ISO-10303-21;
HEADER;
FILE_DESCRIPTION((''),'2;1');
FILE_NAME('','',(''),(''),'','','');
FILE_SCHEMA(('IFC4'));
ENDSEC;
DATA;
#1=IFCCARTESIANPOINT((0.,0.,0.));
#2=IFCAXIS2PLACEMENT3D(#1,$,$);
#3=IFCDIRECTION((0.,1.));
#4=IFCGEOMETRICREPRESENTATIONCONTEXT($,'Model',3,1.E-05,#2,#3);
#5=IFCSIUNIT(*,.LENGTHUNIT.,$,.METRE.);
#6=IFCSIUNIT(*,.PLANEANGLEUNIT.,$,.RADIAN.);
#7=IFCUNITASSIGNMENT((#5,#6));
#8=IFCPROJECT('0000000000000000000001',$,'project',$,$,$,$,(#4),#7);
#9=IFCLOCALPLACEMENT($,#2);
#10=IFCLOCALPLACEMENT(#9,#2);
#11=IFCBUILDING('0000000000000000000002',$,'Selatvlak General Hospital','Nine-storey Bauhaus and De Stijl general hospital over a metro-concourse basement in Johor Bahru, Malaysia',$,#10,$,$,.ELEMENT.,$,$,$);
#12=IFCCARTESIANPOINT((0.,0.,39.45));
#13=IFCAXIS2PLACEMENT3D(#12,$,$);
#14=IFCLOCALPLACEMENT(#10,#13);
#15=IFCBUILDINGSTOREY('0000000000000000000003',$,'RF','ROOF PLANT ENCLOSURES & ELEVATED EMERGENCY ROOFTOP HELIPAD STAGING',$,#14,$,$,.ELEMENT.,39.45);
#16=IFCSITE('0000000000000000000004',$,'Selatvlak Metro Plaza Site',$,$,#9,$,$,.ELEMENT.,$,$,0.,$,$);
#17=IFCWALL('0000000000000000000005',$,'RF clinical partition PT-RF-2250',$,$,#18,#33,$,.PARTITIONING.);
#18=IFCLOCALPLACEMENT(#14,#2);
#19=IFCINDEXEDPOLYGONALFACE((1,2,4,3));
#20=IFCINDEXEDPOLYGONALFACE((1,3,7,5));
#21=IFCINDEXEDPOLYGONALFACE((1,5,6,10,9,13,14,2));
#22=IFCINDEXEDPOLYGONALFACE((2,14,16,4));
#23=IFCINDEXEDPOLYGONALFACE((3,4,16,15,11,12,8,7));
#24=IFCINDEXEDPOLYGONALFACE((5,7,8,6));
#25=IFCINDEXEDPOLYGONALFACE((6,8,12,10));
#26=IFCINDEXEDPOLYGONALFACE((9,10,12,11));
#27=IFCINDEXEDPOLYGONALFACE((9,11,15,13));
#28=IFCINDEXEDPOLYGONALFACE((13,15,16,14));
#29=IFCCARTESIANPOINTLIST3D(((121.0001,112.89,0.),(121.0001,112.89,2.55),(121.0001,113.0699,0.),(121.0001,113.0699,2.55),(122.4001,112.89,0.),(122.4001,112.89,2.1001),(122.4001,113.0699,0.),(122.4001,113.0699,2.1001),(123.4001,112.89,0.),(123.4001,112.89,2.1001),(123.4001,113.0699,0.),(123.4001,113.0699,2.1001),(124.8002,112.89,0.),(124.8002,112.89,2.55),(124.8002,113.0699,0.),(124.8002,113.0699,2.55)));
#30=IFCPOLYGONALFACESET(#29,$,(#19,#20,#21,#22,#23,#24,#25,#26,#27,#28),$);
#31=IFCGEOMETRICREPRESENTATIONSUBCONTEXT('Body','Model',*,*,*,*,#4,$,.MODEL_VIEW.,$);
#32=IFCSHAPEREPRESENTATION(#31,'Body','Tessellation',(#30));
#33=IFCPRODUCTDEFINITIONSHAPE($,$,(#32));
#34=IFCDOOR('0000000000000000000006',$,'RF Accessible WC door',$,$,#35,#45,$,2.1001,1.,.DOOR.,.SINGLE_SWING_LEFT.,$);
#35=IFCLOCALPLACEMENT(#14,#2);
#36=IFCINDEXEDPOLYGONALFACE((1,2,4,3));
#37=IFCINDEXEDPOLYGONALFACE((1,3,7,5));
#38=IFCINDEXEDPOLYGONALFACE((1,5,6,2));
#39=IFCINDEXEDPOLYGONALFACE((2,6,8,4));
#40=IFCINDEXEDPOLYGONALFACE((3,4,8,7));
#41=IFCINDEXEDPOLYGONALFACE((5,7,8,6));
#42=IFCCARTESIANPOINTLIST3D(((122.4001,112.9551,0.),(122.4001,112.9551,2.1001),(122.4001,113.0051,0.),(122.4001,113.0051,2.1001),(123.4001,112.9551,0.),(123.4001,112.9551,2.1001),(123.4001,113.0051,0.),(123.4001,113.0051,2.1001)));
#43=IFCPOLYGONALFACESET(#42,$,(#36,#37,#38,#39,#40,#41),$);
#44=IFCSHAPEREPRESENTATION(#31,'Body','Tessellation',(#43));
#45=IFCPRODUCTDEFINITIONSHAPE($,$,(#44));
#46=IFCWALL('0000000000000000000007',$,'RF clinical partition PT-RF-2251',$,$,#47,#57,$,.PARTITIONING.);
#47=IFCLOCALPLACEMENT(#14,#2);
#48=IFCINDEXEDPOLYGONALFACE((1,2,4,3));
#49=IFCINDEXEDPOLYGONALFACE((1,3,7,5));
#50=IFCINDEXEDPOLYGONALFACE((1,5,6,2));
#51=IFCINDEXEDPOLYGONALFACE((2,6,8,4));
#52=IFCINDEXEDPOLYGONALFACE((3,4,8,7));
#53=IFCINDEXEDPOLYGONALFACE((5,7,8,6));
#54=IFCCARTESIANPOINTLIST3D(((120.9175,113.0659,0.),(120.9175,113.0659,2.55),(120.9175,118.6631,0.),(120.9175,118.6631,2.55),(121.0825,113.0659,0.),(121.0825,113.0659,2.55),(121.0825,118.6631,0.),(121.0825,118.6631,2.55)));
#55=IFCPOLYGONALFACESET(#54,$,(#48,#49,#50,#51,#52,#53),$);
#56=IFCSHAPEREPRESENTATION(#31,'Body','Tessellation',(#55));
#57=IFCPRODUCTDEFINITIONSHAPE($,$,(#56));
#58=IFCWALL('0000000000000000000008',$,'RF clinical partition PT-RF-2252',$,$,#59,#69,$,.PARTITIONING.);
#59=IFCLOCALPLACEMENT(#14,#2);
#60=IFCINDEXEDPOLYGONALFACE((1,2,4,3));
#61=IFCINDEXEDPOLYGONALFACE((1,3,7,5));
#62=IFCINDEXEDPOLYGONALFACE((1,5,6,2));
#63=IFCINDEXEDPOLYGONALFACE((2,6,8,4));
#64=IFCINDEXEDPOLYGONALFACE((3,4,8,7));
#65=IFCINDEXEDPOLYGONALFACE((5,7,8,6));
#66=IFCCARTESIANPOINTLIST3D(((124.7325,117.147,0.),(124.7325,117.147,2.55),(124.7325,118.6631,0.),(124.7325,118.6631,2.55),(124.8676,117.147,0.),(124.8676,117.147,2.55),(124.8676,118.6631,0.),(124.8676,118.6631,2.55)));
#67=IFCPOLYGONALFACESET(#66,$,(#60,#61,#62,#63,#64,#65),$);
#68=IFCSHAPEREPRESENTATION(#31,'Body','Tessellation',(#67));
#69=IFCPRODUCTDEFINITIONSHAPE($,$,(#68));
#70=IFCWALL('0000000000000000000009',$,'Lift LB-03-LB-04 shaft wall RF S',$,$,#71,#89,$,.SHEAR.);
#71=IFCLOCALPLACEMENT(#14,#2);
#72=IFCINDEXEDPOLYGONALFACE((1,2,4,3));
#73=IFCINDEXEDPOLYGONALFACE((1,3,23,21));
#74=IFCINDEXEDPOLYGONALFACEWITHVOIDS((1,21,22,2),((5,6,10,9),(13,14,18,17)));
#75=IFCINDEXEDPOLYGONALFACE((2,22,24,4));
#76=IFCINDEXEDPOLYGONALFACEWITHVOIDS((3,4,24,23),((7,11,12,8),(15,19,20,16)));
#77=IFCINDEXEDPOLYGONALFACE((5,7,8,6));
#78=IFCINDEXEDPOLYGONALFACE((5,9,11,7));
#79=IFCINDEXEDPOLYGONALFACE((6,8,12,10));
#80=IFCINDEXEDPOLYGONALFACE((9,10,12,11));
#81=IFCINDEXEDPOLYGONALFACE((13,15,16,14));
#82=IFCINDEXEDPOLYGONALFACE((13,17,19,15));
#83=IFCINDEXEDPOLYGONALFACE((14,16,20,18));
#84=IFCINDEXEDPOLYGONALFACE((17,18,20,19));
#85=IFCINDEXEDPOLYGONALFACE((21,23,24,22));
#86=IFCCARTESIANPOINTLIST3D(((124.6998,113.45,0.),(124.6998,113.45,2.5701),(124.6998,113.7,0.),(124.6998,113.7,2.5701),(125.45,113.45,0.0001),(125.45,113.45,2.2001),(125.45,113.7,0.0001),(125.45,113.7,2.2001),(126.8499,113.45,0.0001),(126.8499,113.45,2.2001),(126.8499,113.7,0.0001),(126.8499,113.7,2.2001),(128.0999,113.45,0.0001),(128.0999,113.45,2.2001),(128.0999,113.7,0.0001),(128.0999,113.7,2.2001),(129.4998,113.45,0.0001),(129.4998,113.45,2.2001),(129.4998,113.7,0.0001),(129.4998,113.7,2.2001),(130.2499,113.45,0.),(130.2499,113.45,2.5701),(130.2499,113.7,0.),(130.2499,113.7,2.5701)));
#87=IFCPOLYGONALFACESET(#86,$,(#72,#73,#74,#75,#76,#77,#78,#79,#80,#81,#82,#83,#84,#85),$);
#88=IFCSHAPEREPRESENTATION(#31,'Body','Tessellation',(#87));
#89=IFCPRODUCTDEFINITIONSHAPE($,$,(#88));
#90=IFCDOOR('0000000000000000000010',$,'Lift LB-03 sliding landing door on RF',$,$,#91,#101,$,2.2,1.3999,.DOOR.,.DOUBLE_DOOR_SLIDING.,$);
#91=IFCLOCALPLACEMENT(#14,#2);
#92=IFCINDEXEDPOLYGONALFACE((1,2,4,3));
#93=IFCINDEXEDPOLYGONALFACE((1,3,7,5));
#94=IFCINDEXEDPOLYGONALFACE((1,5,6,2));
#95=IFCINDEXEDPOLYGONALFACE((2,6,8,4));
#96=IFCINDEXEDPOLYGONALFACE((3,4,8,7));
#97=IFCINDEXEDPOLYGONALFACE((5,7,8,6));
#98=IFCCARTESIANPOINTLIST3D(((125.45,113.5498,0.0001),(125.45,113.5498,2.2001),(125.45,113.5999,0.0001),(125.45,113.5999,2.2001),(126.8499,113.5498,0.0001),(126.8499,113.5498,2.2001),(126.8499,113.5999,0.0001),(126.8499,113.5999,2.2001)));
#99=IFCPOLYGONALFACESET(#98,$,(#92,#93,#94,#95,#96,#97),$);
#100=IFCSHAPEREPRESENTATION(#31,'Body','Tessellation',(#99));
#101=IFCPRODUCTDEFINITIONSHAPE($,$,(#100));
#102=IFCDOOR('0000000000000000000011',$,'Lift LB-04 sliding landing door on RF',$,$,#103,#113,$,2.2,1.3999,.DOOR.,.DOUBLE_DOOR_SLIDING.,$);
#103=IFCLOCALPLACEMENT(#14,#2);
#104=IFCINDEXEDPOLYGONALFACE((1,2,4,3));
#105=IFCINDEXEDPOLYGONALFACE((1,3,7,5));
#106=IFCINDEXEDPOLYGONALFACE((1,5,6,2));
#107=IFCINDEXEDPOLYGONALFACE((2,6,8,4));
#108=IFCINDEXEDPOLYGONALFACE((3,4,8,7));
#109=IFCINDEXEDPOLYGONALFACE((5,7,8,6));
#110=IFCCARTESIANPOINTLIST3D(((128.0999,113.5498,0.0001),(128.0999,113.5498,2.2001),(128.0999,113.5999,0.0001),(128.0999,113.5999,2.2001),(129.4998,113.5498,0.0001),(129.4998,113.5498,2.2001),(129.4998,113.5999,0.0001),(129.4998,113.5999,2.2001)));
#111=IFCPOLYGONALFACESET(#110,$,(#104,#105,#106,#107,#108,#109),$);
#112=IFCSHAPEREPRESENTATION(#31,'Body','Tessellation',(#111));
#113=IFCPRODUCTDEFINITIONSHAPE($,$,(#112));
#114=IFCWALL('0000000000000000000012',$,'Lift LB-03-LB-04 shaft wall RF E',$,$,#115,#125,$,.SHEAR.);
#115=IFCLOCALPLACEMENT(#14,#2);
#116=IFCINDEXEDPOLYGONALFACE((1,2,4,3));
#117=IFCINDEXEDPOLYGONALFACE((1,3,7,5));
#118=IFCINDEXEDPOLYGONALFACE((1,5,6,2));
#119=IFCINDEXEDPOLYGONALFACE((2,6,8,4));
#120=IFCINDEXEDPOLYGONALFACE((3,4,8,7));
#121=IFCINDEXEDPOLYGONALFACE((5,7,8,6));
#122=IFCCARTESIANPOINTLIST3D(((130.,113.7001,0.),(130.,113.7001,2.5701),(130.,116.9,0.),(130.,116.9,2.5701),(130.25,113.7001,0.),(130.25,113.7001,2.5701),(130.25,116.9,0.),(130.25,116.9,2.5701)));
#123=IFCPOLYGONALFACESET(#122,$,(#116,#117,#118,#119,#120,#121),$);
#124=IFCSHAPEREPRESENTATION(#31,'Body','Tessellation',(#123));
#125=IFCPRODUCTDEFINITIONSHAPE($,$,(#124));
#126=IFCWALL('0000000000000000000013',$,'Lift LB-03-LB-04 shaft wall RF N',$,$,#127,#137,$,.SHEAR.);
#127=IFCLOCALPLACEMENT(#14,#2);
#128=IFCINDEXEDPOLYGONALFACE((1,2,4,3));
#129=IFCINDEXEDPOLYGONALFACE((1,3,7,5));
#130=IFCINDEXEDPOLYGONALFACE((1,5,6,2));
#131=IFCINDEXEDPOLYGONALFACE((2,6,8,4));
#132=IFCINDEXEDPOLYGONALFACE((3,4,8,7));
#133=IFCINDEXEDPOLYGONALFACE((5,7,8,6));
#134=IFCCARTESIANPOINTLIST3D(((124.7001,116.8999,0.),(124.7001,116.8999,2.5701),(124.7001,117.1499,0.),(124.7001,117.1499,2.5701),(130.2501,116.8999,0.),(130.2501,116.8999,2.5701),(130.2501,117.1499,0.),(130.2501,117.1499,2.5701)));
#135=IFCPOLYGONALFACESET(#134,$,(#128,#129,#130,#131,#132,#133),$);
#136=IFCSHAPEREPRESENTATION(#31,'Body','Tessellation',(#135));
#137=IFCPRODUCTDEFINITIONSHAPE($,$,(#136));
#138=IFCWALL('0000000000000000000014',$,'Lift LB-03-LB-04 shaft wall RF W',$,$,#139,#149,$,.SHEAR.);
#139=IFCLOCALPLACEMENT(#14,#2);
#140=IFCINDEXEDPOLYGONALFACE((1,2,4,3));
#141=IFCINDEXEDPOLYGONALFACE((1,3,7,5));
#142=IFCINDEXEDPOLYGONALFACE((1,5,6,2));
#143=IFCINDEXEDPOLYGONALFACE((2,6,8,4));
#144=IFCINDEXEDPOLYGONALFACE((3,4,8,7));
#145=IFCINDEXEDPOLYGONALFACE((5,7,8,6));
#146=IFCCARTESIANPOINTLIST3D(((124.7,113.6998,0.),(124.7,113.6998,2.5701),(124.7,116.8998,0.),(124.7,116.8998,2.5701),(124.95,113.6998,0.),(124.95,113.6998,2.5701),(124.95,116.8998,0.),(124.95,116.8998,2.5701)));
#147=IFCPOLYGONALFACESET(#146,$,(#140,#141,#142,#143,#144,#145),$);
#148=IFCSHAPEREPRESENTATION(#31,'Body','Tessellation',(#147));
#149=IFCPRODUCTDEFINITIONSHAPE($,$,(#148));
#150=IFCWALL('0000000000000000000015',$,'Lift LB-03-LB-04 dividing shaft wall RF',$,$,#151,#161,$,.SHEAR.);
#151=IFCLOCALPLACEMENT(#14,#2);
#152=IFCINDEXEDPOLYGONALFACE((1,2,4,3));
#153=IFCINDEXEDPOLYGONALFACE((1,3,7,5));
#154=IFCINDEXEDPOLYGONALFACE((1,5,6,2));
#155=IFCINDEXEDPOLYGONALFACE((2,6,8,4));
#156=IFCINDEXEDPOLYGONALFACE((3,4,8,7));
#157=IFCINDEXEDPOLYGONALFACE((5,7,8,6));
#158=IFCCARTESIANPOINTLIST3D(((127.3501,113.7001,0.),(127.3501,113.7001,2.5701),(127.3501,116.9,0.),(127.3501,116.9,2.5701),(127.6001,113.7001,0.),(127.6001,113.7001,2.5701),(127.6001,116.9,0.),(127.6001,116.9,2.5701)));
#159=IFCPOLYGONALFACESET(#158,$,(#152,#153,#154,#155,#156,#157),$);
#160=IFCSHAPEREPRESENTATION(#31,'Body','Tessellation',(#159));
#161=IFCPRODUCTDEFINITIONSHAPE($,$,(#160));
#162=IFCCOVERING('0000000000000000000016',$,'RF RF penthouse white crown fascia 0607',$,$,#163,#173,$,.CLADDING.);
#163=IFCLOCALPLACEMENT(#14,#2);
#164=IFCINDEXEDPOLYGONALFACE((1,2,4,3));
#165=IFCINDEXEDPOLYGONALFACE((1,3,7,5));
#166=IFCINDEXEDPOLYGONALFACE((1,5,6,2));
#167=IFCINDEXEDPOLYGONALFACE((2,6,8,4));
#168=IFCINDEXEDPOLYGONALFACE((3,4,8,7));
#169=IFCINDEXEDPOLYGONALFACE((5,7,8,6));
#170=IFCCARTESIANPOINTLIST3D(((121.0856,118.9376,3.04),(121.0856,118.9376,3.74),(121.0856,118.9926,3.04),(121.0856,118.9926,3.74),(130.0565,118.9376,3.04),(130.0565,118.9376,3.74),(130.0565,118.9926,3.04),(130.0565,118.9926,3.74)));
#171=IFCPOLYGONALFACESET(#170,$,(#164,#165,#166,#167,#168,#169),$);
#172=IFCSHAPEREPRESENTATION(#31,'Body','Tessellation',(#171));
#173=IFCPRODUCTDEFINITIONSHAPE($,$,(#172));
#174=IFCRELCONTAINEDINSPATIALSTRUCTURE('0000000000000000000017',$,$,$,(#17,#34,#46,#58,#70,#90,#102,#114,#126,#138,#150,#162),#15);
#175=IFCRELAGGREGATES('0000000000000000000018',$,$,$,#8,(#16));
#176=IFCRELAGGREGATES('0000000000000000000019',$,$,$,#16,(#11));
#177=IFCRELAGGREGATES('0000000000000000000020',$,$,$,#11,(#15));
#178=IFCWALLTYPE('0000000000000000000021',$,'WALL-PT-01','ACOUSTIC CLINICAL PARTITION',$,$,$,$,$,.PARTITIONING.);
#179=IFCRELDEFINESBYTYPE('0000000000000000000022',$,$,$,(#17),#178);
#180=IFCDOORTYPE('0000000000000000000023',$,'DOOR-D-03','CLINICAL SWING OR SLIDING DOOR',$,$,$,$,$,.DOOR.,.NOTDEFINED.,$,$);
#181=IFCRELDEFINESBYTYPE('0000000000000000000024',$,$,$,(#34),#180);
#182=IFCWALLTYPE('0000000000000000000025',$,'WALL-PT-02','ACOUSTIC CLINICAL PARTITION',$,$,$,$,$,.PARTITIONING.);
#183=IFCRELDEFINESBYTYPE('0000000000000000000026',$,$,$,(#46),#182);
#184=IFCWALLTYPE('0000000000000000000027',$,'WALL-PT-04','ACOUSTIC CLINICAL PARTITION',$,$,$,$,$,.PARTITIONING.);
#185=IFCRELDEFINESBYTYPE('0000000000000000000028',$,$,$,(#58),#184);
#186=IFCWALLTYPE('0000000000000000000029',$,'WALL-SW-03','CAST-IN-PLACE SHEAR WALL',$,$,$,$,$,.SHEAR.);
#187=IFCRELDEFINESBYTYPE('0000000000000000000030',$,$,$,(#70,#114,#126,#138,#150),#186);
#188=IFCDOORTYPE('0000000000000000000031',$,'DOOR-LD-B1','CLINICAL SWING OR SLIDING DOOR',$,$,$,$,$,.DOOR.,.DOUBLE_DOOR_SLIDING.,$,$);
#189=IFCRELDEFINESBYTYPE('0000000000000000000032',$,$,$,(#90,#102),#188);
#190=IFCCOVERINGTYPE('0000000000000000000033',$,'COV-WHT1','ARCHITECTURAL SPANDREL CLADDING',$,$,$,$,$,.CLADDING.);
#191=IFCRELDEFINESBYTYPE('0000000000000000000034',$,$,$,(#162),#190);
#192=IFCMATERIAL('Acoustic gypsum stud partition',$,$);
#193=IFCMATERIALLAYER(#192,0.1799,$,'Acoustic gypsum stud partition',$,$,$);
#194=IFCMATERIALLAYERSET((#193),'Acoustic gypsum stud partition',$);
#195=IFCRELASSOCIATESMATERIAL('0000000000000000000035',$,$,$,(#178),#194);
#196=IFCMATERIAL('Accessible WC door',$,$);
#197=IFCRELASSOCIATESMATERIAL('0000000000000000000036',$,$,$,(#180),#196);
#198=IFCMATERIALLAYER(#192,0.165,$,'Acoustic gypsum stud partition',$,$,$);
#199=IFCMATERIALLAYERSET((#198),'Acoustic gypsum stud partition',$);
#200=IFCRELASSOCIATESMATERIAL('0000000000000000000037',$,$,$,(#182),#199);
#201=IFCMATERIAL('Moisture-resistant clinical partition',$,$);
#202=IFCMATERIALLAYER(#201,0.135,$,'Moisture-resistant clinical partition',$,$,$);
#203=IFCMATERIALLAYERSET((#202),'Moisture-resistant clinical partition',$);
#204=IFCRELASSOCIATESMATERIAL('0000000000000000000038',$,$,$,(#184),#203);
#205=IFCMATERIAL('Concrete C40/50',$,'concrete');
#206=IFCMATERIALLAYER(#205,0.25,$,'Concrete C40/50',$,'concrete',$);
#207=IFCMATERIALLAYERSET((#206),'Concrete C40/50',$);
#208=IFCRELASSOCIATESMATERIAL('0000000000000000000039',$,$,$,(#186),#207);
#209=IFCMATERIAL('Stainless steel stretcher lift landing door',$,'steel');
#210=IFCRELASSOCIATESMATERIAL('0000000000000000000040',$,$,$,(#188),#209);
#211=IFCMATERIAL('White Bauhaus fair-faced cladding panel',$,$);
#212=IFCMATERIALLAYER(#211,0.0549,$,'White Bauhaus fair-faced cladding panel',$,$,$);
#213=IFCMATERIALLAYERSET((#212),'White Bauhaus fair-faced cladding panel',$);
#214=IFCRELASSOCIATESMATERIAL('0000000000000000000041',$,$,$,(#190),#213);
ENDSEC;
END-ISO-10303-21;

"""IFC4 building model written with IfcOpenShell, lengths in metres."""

from ifc_helpers import new_model, si_unit, direction, frame, frame_2d, origin, origin_2d, place, context, subcontext, project, spatial, rectangle, extrude, material, layer, layer_set, type_object, element, fill, save


model = new_model("IFC4")

# Units and contexts
model_context = context("Model", 3, precision=1e-05, world=origin(), true_north=direction((0.0, 1.0)))
body_context = subcontext(model_context, "Body", "Model", "MODEL_VIEW")
ifc_project = project(units=[si_unit("LENGTHUNIT", "METRE"), si_unit("PLANEANGLEUNIT", "RADIAN")], contexts=[model_context])

# Site, building, storey
site_placement = place(None, origin())
site = spatial("IfcSite", under=ifc_project, at=site_placement, Name="Selatvlak Metro Plaza Site", CompositionType="ELEMENT", RefElevation=0.0)
building_placement = place(site_placement, origin())
building = spatial("IfcBuilding", under=site, at=building_placement, Name="Selatvlak General Hospital", Description="Nine-storey Bauhaus and De Stijl general hospital over a metro-concourse basement in Johor Bahru, Malaysia", CompositionType="ELEMENT")
storey_placement = place(building_placement, frame((0.0, 0.0, 39.45)))
storey = spatial("IfcBuildingStorey", under=building, at=storey_placement, Name="RF", Description="ROOF PLANT ENCLOSURES & ELEVATED EMERGENCY ROOFTOP HELIPAD STAGING", CompositionType="ELEMENT", Elevation=39.45)

# Shared definitions
ifc_material_1 = material(Name="Concrete C40/50", Category="concrete")

# Shared definitions
ifc_material_2 = material(Name="Acoustic gypsum stud partition")
ifc_layer_1 = layer(ifc_material_2, 0.1799, Name="Acoustic gypsum stud partition")
ifc_layer_set_1 = layer_set([ifc_layer_1], Name="Acoustic gypsum stud partition")
wall_type_1 = type_object("IfcWallType", Name="WALL-PT-01", Description="ACOUSTIC CLINICAL PARTITION", PredefinedType="PARTITIONING", material=ifc_layer_set_1)

# Wall, opening, door
wall_1_placement = place(storey_placement, frame((124.8, 112.98, 0.0), z_axis=(0.0, 0.0, 1.0), x_axis=(-1.0, 0.0, 0.0)))
wall_1 = element("IfcWall", 1, at=wall_1_placement, inside=storey, type_object=wall_type_1, Name="RF clinical partition PT-RF-2250", PredefinedType="PARTITIONING", context=body_context, shape_type="SweptSolid", body=[
    extrude(rectangle(XDim=3.8, YDim=0.1799, at=frame_2d((1.8999, 0.0))), origin(), (0.0, 0.0, 1.0), 2.55),
])
opening_1_placement = place(wall_1_placement, frame((1.3999, 0.0, 0.0)))
opening_1 = element("IfcOpeningElement", 2, at=opening_1_placement, cuts=wall_1, PredefinedType="OPENING", context=body_context, shape_type="SweptSolid", body=[
    extrude(rectangle(XDim=1.0, YDim=2.1001, at=frame_2d((0.5, 1.05))), frame((0.0, 0.0999, 0.0), z_axis=(0.0, -1.0, 0.0), x_axis=(1.0, 0.0, 0.0)), (0.0, 0.0, 1.0), 0.2),
])
ifc_material_3 = material(Name="Accessible WC door")
door_type_1 = type_object("IfcDoorType", Name="DOOR-D-03", Description="CLINICAL SWING OR SLIDING DOOR", OperationType="NOTDEFINED", PredefinedType="DOOR", material=ifc_material_3)
door_1_placement = place(opening_1_placement, origin())
door_1 = element("IfcDoor", 3, at=door_1_placement, inside=storey, type_object=door_type_1, Name="RF Accessible WC door", OperationType="SINGLE_SWING_LEFT", OverallHeight=2.1001, OverallWidth=1.0, PredefinedType="DOOR", context=body_context, shape_type="SweptSolid", body=[
    extrude(rectangle(XDim=1.0, YDim=2.1001, at=frame_2d((0.5, 1.05))), frame((0.0, 0.0249, 0.0), z_axis=(0.0, -1.0, 0.0), x_axis=(1.0, 0.0, 0.0)), (0.0, 0.0, 1.0), 0.05),
])
fill(opening_1, door_1)
ifc_layer_2 = layer(ifc_material_2, 0.165, Name="Acoustic gypsum stud partition")
ifc_layer_set_2 = layer_set([ifc_layer_2], Name="Acoustic gypsum stud partition")
wall_type_2 = type_object("IfcWallType", Name="WALL-PT-02", Description="ACOUSTIC CLINICAL PARTITION", PredefinedType="PARTITIONING", material=ifc_layer_set_2)

# Walls
wall_2_placement = place(storey_placement, frame((121.0, 113.0659, 0.0), z_axis=(0.0, 0.0, 1.0), x_axis=(0.0, 1.0, 0.0)))
element("IfcWall", 4, at=wall_2_placement, inside=storey, type_object=wall_type_2, Name="RF clinical partition PT-RF-2251", PredefinedType="PARTITIONING", context=body_context, shape_type="SweptSolid", body=[
    extrude(rectangle(XDim=5.5972, YDim=0.165, at=frame_2d((2.7986, 0.0))), origin(), (0.0, 0.0, 1.0), 2.55),
])
ifc_material_4 = material(Name="Moisture-resistant clinical partition")
ifc_layer_3 = layer(ifc_material_4, 0.135, Name="Moisture-resistant clinical partition")
ifc_layer_set_3 = layer_set([ifc_layer_3], Name="Moisture-resistant clinical partition")
wall_type_3 = type_object("IfcWallType", Name="WALL-PT-04", Description="ACOUSTIC CLINICAL PARTITION", PredefinedType="PARTITIONING", material=ifc_layer_set_3)
wall_3_placement = place(storey_placement, frame((124.8, 118.6631, 0.0), z_axis=(0.0, 0.0, 1.0), x_axis=(0.0, -1.0, 0.0)))
element("IfcWall", 5, at=wall_3_placement, inside=storey, type_object=wall_type_3, Name="RF clinical partition PT-RF-2252", PredefinedType="PARTITIONING", context=body_context, shape_type="SweptSolid", body=[
    extrude(rectangle(XDim=1.5161, YDim=0.135, at=frame_2d((0.7581, 0.0))), origin(), (0.0, 0.0, 1.0), 2.55),
])

# Wall, openings, doors
ifc_layer_4 = layer(ifc_material_1, 0.25, Name="Concrete C40/50", Category="concrete")
ifc_layer_set_4 = layer_set([ifc_layer_4], Name="Concrete C40/50")
wall_type_4 = type_object("IfcWallType", Name="WALL-SW-03", Description="CAST-IN-PLACE SHEAR WALL", PredefinedType="SHEAR", material=ifc_layer_set_4)
wall_4_placement = place(storey_placement, frame((124.7, 113.575, 0.0), z_axis=(0.0, 0.0, 1.0), x_axis=(1.0, 0.0, 0.0)))
wall_4 = element("IfcWall", 6, at=wall_4_placement, inside=storey, type_object=wall_type_4, Name="Lift LB-03-LB-04 shaft wall RF S", PredefinedType="SHEAR", context=body_context, shape_type="SweptSolid", body=[
    extrude(rectangle(XDim=5.55, YDim=0.25, at=frame_2d((2.7749, 0.0))), origin(), (0.0, 0.0, 1.0), 2.5701),
])
opening_2_placement = place(wall_4_placement, frame((0.75, 0.0, 0.0)))
opening_2 = element("IfcOpeningElement", 7, at=opening_2_placement, cuts=wall_4, PredefinedType="OPENING", context=body_context, shape_type="SweptSolid", body=[
    extrude(rectangle(XDim=1.3999, YDim=2.2, at=frame_2d((0.7, 1.1001))), frame((0.0, 0.135, 0.0), z_axis=(0.0, -1.0, 0.0), x_axis=(1.0, 0.0, 0.0)), (0.0, 0.0, 1.0), 0.27),
])
opening_3_placement = place(wall_4_placement, frame((3.3999, 0.0, 0.0)))
opening_3 = element("IfcOpeningElement", 8, at=opening_3_placement, cuts=wall_4, PredefinedType="OPENING", context=body_context, shape_type="SweptSolid", body=[
    extrude(rectangle(XDim=1.3999, YDim=2.2, at=frame_2d((0.7, 1.1001))), frame((0.0, 0.135, 0.0), z_axis=(0.0, -1.0, 0.0), x_axis=(1.0, 0.0, 0.0)), (0.0, 0.0, 1.0), 0.27),
])
ifc_material_5 = material(Name="Stainless steel stretcher lift landing door", Category="steel")
door_type_2 = type_object("IfcDoorType", Name="DOOR-LD-B1", Description="CLINICAL SWING OR SLIDING DOOR", OperationType="DOUBLE_DOOR_SLIDING", PredefinedType="DOOR", material=ifc_material_5)
door_2_placement = place(opening_2_placement, origin())
door_2 = element("IfcDoor", 9, at=door_2_placement, inside=storey, type_object=door_type_2, Name="Lift LB-03 sliding landing door on RF", OperationType="DOUBLE_DOOR_SLIDING", OverallHeight=2.2, OverallWidth=1.3999, PredefinedType="DOOR", context=body_context, shape_type="SweptSolid", body=[
    extrude(rectangle(XDim=1.3999, YDim=2.2, at=frame_2d((0.7, 1.1001))), frame((0.0, 0.0249, 0.0), z_axis=(0.0, -1.0, 0.0), x_axis=(1.0, 0.0, 0.0)), (0.0, 0.0, 1.0), 0.05),
])
fill(opening_2, door_2)
door_3_placement = place(opening_3_placement, origin())
door_3 = element("IfcDoor", 10, at=door_3_placement, inside=storey, type_object=door_type_2, Name="Lift LB-04 sliding landing door on RF", OperationType="DOUBLE_DOOR_SLIDING", OverallHeight=2.2, OverallWidth=1.3999, PredefinedType="DOOR", context=body_context, shape_type="SweptSolid", body=[
    extrude(rectangle(XDim=1.3999, YDim=2.2, at=frame_2d((0.7, 1.1001))), frame((0.0, 0.0249, 0.0), z_axis=(0.0, -1.0, 0.0), x_axis=(1.0, 0.0, 0.0)), (0.0, 0.0, 1.0), 0.05),
])
fill(opening_3, door_3)

# Walls
wall_5_placement = place(storey_placement, frame((130.125, 113.7, 0.0), z_axis=(0.0, 0.0, 1.0), x_axis=(0.0, 1.0, 0.0)))
element("IfcWall", 11, at=wall_5_placement, inside=storey, type_object=wall_type_4, Name="Lift LB-03-LB-04 shaft wall RF E", PredefinedType="SHEAR", context=body_context, shape_type="SweptSolid", body=[
    extrude(rectangle(XDim=3.2, YDim=0.25, at=frame_2d((1.6001, 0.0))), origin(), (0.0, 0.0, 1.0), 2.5701),
])
wall_6_placement = place(storey_placement, frame((130.25, 117.0249, 0.0), z_axis=(0.0, 0.0, 1.0), x_axis=(-1.0, 0.0, 0.0)))
element("IfcWall", 12, at=wall_6_placement, inside=storey, type_object=wall_type_4, Name="Lift LB-03-LB-04 shaft wall RF N", PredefinedType="SHEAR", context=body_context, shape_type="SweptSolid", body=[
    extrude(rectangle(XDim=5.55, YDim=0.25, at=frame_2d((2.7749, 0.0))), origin(), (0.0, 0.0, 1.0), 2.5701),
])
for number, where, z_axis, x_axis, name in (
    (13, (124.825, 116.8999, 0.0), (0.0, 0.0, 1.0), (0.0, -1.0, 0.0), "Lift LB-03-LB-04 shaft wall RF W"),
    (14, (127.4751, 113.7, 0.0), (0.0, 0.0, 1.0), (0.0, 1.0, 0.0), "Lift LB-03-LB-04 dividing shaft wall RF"),
):
    element("IfcWall", number, at=place(storey_placement, frame(where, z_axis=z_axis, x_axis=x_axis)), inside=storey, type_object=wall_type_4, Name=name, PredefinedType="SHEAR", context=body_context, shape_type="SweptSolid", body=[
        extrude(rectangle(XDim=3.2, YDim=0.25, at=frame_2d((1.6001, 0.0))), origin(), (0.0, 0.0, 1.0), 2.5701),
    ])

# Covering
ifc_material_6 = material(Name="White Bauhaus fair-faced cladding panel")
ifc_layer_5 = layer(ifc_material_6, 0.0549, Name="White Bauhaus fair-faced cladding panel")
ifc_layer_set_5 = layer_set([ifc_layer_5], Name="White Bauhaus fair-faced cladding panel")
covering_type = type_object("IfcCoveringType", Name="COV-WHT1", Description="ARCHITECTURAL SPANDREL CLADDING", PredefinedType="CLADDING", material=ifc_layer_set_5)
covering_1_placement = place(storey_placement, frame((125.571, 118.9651, 3.04), z_axis=(0.0, 0.0, 1.0), x_axis=(-1.0, 0.0, 0.0)))
element("IfcCovering", 15, at=covering_1_placement, inside=storey, type_object=covering_type, Name="RF RF penthouse white crown fascia 0607", PredefinedType="CLADDING", context=body_context, shape_type="SweptSolid", body=[
    extrude(rectangle(XDim=8.9709, YDim=0.0549, at=origin_2d()), origin(), (0.0, 0.0, 1.0), 0.7),
])

save(model, "model.ifc")
